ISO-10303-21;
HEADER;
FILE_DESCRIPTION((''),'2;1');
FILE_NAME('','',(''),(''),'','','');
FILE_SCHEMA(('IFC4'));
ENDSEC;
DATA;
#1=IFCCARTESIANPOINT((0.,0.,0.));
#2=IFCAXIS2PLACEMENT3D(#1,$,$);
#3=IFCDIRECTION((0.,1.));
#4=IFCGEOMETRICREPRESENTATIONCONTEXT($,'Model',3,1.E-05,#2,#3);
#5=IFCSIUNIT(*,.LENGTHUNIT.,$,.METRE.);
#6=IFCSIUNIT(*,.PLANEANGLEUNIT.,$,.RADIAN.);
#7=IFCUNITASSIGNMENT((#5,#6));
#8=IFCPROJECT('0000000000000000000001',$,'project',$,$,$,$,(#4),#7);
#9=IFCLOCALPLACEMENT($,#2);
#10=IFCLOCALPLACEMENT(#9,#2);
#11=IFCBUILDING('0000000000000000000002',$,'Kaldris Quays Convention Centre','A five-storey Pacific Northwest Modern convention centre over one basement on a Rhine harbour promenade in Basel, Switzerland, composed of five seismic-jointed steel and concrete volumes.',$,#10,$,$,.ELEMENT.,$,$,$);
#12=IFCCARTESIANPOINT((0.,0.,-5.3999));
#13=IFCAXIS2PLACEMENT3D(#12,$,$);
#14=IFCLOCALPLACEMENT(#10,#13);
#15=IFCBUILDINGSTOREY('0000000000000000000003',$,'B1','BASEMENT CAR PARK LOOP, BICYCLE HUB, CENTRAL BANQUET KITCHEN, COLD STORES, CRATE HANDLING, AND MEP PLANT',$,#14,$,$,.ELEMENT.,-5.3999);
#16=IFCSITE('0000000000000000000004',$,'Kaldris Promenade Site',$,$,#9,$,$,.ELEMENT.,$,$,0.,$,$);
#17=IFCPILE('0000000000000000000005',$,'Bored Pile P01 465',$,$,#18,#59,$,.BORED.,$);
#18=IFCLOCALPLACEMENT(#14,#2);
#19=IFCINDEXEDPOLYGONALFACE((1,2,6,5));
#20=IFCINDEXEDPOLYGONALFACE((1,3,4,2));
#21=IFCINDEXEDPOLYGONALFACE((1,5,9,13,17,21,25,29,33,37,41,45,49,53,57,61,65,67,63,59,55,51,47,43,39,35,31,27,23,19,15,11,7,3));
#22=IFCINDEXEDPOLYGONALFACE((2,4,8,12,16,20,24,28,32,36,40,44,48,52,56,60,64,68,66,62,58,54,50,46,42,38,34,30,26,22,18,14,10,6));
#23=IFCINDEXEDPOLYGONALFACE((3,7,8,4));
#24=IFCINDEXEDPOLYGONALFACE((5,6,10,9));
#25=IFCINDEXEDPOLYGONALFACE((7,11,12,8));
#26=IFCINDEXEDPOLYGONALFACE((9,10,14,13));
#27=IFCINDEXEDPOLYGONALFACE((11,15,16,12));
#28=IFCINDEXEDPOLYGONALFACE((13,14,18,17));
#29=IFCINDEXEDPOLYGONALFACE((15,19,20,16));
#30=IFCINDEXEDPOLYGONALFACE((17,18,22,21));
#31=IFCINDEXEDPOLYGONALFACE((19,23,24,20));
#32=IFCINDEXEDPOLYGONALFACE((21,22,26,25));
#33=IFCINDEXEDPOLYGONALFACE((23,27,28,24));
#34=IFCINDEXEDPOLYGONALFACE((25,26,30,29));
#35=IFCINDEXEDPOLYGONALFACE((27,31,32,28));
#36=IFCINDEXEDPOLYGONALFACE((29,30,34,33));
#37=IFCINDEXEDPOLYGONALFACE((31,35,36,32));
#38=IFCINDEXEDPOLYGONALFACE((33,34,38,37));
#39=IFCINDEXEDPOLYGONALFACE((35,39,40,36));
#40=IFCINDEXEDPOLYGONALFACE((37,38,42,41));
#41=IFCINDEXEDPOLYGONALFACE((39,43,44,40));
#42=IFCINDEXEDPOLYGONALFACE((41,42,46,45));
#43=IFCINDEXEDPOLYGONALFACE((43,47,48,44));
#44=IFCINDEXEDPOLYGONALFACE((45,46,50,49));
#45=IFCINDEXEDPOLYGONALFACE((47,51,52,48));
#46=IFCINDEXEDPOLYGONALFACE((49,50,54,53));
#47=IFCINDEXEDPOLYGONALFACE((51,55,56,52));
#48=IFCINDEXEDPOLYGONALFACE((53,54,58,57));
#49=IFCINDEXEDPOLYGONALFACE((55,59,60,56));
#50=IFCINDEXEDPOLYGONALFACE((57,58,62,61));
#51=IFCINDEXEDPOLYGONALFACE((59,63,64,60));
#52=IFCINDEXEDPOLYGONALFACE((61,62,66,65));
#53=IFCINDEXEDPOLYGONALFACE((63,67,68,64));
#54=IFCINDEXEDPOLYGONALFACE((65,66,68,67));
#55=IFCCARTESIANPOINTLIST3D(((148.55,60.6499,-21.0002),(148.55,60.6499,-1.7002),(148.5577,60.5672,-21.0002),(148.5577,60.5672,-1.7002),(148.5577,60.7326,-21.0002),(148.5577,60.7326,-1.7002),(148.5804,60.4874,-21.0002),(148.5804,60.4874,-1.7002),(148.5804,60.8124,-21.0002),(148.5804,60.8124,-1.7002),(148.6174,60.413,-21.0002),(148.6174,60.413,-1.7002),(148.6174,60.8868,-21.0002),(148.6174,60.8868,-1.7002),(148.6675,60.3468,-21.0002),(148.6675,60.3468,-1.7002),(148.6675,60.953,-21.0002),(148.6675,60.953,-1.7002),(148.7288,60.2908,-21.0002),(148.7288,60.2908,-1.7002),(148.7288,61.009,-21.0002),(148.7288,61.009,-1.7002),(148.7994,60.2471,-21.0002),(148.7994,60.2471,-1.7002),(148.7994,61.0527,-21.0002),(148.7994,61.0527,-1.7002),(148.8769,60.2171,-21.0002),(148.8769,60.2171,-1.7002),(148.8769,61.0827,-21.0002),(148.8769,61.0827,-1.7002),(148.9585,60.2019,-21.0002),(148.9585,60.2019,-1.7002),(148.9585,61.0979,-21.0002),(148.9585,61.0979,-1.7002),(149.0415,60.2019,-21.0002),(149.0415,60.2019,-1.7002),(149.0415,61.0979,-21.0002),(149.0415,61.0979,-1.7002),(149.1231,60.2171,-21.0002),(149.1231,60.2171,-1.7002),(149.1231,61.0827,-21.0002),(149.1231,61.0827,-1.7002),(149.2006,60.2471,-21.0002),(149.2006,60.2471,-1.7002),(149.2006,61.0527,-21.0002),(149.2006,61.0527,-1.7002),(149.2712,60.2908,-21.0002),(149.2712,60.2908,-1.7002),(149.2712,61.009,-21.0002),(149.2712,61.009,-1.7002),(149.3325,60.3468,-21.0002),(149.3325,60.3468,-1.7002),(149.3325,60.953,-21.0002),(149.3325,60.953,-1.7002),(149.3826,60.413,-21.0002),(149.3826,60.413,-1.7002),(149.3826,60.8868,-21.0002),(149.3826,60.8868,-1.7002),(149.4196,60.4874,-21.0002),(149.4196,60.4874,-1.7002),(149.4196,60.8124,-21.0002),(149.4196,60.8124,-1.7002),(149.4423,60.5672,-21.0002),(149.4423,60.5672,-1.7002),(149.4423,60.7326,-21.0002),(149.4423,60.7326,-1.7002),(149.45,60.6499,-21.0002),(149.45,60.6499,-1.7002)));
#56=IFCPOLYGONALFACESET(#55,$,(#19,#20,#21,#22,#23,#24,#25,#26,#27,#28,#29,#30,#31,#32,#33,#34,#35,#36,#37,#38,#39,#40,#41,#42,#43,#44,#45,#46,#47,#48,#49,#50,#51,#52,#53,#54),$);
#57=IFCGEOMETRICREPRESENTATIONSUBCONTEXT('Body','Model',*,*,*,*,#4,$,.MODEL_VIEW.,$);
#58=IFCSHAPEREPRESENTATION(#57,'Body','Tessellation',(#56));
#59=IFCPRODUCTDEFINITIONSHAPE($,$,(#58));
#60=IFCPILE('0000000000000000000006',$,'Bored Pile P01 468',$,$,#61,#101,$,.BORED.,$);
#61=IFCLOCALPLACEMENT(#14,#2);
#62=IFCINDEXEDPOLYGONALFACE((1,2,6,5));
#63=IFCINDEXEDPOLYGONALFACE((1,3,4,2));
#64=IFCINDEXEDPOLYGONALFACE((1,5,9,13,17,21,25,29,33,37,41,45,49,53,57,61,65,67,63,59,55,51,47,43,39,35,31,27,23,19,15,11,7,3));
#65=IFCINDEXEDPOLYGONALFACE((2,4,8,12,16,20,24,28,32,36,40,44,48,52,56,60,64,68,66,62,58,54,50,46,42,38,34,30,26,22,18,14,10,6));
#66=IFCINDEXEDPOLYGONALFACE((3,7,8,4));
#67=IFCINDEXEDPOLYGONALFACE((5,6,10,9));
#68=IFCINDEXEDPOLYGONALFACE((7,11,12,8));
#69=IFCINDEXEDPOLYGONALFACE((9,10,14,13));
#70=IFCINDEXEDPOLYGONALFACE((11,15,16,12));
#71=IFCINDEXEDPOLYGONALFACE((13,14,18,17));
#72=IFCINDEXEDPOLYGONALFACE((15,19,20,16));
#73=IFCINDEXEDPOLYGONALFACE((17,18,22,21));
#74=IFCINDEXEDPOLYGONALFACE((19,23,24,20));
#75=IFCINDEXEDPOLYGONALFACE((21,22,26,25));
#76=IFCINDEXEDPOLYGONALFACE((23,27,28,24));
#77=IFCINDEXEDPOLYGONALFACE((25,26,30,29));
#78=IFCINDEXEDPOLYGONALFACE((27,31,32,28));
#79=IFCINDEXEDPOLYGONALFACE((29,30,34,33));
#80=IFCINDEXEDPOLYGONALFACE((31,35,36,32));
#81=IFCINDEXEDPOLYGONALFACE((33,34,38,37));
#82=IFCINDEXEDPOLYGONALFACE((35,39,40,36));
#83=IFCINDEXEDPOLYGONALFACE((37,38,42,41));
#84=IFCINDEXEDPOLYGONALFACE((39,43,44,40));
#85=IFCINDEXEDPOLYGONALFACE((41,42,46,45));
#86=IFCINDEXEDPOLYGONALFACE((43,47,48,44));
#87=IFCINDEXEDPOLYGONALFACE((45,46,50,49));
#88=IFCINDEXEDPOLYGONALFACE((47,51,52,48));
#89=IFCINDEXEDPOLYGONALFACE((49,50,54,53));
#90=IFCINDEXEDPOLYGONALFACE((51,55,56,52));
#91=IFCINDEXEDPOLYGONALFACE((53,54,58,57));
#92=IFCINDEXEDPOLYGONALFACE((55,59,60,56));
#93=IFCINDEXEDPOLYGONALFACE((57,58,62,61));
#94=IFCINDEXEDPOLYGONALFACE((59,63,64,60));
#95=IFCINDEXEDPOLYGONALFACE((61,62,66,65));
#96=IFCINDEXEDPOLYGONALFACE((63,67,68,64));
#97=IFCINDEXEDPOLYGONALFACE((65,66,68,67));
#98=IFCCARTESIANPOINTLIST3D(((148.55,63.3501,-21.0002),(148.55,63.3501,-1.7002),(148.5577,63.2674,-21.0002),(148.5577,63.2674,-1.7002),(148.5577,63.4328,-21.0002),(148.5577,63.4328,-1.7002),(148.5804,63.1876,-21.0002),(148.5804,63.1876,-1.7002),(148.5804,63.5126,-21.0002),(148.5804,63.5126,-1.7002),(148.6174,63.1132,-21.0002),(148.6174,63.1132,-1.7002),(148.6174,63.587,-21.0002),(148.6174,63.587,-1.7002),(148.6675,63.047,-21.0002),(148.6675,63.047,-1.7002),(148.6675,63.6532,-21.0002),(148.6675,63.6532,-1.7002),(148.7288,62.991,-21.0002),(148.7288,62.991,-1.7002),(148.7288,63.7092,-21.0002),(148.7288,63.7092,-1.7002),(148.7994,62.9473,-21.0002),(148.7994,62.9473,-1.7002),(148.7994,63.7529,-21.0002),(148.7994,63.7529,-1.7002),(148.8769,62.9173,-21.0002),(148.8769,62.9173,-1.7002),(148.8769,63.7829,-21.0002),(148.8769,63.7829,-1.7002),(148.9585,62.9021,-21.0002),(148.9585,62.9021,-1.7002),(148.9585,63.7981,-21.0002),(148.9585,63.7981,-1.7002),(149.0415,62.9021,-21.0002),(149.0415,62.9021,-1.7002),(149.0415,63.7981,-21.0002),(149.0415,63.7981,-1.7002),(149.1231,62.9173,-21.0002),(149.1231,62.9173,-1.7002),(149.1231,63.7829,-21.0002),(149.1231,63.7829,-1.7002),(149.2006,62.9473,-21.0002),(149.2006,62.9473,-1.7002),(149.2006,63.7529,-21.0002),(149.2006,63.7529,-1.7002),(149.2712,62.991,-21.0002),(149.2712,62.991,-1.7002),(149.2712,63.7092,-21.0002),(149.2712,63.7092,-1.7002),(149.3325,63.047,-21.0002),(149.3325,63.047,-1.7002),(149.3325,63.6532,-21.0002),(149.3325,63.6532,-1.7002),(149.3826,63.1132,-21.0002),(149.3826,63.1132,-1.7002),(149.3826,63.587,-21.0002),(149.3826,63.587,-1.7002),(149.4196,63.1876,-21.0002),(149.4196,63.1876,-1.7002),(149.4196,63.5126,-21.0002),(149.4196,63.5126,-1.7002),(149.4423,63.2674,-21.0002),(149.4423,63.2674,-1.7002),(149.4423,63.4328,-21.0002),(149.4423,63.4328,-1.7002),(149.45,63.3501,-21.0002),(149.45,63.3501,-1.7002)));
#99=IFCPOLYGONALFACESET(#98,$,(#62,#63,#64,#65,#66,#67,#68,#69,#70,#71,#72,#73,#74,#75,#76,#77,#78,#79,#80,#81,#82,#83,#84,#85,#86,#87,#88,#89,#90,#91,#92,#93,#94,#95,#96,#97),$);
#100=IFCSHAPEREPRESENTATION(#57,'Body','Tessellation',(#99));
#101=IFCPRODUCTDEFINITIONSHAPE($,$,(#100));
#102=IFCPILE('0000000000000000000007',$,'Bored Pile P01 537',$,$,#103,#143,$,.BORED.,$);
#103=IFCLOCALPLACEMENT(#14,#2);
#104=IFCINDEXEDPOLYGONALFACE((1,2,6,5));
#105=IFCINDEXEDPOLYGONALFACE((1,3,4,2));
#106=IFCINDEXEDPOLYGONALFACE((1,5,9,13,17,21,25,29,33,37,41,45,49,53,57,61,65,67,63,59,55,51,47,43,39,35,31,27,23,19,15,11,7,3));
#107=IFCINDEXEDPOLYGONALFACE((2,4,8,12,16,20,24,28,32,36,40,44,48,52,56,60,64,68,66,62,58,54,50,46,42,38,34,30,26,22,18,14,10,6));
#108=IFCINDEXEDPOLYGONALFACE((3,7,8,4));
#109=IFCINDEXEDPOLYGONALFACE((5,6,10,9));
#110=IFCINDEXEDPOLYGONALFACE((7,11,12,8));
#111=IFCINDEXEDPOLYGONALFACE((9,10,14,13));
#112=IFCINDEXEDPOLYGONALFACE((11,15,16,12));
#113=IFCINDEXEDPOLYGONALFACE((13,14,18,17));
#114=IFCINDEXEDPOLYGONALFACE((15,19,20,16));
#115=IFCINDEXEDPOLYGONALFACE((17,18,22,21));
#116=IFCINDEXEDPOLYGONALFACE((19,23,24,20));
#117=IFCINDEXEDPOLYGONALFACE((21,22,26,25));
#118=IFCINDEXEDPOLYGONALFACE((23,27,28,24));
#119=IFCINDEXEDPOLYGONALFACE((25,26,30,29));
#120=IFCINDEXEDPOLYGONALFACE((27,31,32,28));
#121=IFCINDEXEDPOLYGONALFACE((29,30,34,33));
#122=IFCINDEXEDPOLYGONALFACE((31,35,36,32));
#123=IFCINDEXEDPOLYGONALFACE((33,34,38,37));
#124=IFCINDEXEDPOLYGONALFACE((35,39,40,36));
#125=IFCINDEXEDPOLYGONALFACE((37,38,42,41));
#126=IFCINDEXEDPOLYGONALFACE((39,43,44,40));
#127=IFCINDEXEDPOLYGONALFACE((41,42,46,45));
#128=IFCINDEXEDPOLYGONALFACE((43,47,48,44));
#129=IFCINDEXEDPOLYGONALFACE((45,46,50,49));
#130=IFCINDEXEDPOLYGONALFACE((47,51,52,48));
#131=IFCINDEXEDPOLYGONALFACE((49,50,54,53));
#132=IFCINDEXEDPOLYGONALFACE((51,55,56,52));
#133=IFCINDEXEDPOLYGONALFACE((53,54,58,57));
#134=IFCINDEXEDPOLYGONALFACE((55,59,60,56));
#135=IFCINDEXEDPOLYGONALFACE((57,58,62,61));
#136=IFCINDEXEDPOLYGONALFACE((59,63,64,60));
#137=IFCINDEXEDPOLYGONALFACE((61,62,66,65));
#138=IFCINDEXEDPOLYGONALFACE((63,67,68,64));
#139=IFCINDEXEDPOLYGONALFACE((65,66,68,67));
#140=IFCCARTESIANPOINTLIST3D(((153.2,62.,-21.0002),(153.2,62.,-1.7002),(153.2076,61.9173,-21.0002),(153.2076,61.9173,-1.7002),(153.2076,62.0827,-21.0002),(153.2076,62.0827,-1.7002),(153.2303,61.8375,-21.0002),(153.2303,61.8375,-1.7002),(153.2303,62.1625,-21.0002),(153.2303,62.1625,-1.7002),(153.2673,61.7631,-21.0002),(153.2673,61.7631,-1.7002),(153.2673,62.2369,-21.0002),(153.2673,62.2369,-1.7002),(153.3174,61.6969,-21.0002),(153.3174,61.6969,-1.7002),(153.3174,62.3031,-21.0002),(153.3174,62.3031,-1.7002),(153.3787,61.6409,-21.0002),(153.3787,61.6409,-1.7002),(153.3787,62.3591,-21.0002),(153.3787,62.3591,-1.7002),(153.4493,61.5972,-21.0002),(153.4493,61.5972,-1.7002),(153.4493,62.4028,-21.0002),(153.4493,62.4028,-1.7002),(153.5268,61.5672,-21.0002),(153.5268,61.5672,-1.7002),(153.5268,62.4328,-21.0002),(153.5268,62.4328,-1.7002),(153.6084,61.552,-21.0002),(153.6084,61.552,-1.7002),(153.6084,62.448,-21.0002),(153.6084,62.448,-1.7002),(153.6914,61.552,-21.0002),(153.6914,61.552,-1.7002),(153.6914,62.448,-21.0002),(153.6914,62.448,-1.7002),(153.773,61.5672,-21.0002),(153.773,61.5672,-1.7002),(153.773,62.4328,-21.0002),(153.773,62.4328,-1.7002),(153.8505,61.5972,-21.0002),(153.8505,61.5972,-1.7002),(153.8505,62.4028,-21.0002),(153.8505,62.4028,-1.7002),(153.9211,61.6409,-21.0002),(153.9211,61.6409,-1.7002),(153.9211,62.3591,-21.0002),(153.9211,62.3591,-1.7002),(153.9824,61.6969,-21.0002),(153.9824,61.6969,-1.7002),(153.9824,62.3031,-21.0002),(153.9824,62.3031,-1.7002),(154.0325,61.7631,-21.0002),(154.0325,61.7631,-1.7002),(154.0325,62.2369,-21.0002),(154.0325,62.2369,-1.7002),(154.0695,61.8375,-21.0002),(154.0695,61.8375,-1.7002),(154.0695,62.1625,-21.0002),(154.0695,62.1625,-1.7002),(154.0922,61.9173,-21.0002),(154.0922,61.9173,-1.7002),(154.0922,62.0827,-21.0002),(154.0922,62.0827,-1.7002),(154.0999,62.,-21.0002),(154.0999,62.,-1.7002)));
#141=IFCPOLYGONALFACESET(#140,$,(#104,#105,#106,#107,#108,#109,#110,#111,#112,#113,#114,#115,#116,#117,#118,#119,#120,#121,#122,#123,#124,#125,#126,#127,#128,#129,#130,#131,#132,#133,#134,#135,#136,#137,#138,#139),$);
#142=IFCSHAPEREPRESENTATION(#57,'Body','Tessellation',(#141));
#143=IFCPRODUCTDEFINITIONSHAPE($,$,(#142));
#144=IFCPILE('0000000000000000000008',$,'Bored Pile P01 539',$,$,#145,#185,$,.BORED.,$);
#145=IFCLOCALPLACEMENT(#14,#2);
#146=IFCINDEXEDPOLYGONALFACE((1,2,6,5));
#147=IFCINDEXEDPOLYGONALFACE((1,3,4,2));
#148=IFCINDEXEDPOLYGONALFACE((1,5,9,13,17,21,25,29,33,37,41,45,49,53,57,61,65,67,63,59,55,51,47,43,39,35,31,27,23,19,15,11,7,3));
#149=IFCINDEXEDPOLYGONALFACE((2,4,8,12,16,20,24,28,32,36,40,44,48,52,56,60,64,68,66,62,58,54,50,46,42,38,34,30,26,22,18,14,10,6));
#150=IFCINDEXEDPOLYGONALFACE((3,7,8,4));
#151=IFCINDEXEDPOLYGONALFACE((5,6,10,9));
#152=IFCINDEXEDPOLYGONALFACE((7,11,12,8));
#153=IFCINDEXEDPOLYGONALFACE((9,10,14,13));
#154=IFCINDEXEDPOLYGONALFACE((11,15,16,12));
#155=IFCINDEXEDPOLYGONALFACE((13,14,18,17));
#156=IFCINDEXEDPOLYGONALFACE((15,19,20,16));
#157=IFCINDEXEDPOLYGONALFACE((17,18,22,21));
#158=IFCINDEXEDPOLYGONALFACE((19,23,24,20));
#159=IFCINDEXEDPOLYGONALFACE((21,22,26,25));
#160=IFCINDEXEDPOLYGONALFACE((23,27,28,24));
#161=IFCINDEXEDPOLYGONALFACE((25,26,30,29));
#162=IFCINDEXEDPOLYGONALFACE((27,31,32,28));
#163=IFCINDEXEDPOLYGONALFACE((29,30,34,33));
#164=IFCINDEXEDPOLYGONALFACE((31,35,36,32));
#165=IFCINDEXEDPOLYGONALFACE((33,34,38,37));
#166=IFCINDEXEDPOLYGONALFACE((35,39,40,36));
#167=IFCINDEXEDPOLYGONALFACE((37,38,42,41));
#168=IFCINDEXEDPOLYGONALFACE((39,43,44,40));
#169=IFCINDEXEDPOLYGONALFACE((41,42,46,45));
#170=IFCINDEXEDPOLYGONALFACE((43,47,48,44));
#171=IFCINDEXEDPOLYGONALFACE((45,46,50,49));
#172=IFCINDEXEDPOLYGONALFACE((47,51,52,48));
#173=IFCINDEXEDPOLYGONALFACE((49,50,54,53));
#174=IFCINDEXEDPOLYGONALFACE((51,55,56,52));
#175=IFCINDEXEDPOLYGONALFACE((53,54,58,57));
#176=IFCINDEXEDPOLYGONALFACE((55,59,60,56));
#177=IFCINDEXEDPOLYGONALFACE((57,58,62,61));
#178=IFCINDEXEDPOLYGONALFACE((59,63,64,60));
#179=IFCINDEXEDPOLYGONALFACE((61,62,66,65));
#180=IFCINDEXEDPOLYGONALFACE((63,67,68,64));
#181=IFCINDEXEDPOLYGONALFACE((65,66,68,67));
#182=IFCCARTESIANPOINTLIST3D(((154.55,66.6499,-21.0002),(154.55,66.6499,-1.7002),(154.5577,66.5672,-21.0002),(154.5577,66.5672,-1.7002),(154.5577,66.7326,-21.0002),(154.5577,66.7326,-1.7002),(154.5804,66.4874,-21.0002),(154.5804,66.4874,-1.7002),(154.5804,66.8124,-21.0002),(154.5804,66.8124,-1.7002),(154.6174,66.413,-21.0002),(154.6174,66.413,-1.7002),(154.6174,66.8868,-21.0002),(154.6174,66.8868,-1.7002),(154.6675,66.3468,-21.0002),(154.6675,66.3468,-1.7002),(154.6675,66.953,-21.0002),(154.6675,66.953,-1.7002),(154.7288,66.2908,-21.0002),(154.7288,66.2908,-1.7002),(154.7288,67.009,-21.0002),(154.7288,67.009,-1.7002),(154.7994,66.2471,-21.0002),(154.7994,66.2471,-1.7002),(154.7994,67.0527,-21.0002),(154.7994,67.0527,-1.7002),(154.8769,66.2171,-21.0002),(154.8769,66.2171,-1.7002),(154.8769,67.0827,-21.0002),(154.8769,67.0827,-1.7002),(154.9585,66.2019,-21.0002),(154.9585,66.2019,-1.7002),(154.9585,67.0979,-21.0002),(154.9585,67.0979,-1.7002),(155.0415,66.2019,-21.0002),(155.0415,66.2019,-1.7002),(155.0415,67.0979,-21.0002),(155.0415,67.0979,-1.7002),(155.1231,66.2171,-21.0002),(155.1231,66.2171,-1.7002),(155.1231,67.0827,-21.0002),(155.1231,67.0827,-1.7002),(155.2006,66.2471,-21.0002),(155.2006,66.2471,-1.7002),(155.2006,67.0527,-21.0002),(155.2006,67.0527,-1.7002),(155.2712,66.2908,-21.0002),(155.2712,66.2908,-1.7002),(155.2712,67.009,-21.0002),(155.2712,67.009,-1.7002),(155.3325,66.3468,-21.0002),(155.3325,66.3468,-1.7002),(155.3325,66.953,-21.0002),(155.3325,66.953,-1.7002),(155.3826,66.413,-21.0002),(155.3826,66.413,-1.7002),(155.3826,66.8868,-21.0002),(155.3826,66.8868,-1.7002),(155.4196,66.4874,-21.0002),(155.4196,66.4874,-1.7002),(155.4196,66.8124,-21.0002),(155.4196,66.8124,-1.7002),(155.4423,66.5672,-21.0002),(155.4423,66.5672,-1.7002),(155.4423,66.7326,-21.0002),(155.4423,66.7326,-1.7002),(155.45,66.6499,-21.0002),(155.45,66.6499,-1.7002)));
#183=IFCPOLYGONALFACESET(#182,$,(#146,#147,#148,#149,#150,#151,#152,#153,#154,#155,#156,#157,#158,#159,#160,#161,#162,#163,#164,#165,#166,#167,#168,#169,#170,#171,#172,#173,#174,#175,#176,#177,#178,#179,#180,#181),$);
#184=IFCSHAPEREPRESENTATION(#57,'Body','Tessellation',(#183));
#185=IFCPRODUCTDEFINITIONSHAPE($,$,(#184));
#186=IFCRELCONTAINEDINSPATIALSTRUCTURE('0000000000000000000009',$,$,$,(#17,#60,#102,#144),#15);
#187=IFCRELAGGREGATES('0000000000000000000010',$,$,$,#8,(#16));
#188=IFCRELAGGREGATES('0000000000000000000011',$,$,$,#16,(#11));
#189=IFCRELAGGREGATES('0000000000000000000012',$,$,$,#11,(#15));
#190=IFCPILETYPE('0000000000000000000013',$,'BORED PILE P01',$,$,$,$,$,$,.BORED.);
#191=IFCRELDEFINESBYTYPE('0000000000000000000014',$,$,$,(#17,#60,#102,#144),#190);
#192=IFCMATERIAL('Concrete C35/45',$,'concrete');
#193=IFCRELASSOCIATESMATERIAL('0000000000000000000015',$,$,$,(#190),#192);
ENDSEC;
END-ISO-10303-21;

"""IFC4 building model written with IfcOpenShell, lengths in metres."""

from ifc_helpers import new_model, si_unit, direction, frame, origin, origin_2d, place, context, subcontext, project, spatial, circle, extrude, material, material_profile, profile_set, type_object, element, save


model = new_model("IFC4")

# Units and contexts
model_context = context("Model", 3, precision=1e-05, world=origin(), true_north=direction((0.0, 1.0)))
body_context = subcontext(model_context, "Body", "Model", "MODEL_VIEW")
ifc_project = project(units=[si_unit("LENGTHUNIT", "METRE"), si_unit("PLANEANGLEUNIT", "RADIAN")], contexts=[model_context])

# Site, building, storey
site_placement = place(None, origin())
site = spatial("IfcSite", under=ifc_project, at=site_placement, Name="Kaldris Promenade Site", CompositionType="ELEMENT", RefElevation=0.0)
building_placement = place(site_placement, origin())
building = spatial("IfcBuilding", under=site, at=building_placement, Name="Kaldris Quays Convention Centre", Description="A five-storey Pacific Northwest Modern convention centre over one basement on a Rhine harbour promenade in Basel, Switzerland, composed of five seismic-jointed steel and concrete volumes.", CompositionType="ELEMENT")
storey_placement = place(building_placement, frame((0.0, 0.0, -5.3999)))
storey = spatial("IfcBuildingStorey", under=building, at=storey_placement, Name="B1", Description="BASEMENT CAR PARK LOOP, BICYCLE HUB, CENTRAL BANQUET KITCHEN, COLD STORES, CRATE HANDLING, AND MEP PLANT", CompositionType="ELEMENT", Elevation=-5.3999)

# Piles
ifc_material_1 = material(Name="Concrete C35/45", Category="concrete")
ifc_material_profile_1 = material_profile(ifc_material_1, circle(Radius=0.45, at=origin_2d()), Name="BORED PILE D900")
ifc_profile_set_1 = profile_set([ifc_material_profile_1], Name="Concrete C35/45")
pile_type_1 = type_object("IfcPileType", Name="BORED PILE P01", PredefinedType="BORED", material=ifc_profile_set_1)
for number, where, z_axis, x_axis, name in (
    (1, (149.0, 60.6499, -1.7002), (0.0, 0.0, -1.0), (1.0, 0.0, 0.0), "Bored Pile P01 465"),
    (2, (149.0, 63.3501, -1.7002), (0.0, 0.0, -1.0), (1.0, 0.0, 0.0), "Bored Pile P01 468"),
    (3, (153.6499, 62.0, -1.7002), (0.0, 0.0, -1.0), (1.0, 0.0, 0.0), "Bored Pile P01 537"),
    (4, (155.0, 66.6499, -1.7002), (0.0, 0.0, -1.0), (1.0, 0.0, 0.0), "Bored Pile P01 539"),
):
    element("IfcPile", number, at=place(storey_placement, frame(where, z_axis=z_axis, x_axis=x_axis)), inside=storey, type_object=pile_type_1, Name=name, PredefinedType="BORED", context=body_context, shape_type="SweptSolid", body=[
        extrude(circle(Radius=0.45, at=origin_2d()), origin(), (0.0, 0.0, 1.0), 19.3),
    ])

save(model, "model.ifc")
